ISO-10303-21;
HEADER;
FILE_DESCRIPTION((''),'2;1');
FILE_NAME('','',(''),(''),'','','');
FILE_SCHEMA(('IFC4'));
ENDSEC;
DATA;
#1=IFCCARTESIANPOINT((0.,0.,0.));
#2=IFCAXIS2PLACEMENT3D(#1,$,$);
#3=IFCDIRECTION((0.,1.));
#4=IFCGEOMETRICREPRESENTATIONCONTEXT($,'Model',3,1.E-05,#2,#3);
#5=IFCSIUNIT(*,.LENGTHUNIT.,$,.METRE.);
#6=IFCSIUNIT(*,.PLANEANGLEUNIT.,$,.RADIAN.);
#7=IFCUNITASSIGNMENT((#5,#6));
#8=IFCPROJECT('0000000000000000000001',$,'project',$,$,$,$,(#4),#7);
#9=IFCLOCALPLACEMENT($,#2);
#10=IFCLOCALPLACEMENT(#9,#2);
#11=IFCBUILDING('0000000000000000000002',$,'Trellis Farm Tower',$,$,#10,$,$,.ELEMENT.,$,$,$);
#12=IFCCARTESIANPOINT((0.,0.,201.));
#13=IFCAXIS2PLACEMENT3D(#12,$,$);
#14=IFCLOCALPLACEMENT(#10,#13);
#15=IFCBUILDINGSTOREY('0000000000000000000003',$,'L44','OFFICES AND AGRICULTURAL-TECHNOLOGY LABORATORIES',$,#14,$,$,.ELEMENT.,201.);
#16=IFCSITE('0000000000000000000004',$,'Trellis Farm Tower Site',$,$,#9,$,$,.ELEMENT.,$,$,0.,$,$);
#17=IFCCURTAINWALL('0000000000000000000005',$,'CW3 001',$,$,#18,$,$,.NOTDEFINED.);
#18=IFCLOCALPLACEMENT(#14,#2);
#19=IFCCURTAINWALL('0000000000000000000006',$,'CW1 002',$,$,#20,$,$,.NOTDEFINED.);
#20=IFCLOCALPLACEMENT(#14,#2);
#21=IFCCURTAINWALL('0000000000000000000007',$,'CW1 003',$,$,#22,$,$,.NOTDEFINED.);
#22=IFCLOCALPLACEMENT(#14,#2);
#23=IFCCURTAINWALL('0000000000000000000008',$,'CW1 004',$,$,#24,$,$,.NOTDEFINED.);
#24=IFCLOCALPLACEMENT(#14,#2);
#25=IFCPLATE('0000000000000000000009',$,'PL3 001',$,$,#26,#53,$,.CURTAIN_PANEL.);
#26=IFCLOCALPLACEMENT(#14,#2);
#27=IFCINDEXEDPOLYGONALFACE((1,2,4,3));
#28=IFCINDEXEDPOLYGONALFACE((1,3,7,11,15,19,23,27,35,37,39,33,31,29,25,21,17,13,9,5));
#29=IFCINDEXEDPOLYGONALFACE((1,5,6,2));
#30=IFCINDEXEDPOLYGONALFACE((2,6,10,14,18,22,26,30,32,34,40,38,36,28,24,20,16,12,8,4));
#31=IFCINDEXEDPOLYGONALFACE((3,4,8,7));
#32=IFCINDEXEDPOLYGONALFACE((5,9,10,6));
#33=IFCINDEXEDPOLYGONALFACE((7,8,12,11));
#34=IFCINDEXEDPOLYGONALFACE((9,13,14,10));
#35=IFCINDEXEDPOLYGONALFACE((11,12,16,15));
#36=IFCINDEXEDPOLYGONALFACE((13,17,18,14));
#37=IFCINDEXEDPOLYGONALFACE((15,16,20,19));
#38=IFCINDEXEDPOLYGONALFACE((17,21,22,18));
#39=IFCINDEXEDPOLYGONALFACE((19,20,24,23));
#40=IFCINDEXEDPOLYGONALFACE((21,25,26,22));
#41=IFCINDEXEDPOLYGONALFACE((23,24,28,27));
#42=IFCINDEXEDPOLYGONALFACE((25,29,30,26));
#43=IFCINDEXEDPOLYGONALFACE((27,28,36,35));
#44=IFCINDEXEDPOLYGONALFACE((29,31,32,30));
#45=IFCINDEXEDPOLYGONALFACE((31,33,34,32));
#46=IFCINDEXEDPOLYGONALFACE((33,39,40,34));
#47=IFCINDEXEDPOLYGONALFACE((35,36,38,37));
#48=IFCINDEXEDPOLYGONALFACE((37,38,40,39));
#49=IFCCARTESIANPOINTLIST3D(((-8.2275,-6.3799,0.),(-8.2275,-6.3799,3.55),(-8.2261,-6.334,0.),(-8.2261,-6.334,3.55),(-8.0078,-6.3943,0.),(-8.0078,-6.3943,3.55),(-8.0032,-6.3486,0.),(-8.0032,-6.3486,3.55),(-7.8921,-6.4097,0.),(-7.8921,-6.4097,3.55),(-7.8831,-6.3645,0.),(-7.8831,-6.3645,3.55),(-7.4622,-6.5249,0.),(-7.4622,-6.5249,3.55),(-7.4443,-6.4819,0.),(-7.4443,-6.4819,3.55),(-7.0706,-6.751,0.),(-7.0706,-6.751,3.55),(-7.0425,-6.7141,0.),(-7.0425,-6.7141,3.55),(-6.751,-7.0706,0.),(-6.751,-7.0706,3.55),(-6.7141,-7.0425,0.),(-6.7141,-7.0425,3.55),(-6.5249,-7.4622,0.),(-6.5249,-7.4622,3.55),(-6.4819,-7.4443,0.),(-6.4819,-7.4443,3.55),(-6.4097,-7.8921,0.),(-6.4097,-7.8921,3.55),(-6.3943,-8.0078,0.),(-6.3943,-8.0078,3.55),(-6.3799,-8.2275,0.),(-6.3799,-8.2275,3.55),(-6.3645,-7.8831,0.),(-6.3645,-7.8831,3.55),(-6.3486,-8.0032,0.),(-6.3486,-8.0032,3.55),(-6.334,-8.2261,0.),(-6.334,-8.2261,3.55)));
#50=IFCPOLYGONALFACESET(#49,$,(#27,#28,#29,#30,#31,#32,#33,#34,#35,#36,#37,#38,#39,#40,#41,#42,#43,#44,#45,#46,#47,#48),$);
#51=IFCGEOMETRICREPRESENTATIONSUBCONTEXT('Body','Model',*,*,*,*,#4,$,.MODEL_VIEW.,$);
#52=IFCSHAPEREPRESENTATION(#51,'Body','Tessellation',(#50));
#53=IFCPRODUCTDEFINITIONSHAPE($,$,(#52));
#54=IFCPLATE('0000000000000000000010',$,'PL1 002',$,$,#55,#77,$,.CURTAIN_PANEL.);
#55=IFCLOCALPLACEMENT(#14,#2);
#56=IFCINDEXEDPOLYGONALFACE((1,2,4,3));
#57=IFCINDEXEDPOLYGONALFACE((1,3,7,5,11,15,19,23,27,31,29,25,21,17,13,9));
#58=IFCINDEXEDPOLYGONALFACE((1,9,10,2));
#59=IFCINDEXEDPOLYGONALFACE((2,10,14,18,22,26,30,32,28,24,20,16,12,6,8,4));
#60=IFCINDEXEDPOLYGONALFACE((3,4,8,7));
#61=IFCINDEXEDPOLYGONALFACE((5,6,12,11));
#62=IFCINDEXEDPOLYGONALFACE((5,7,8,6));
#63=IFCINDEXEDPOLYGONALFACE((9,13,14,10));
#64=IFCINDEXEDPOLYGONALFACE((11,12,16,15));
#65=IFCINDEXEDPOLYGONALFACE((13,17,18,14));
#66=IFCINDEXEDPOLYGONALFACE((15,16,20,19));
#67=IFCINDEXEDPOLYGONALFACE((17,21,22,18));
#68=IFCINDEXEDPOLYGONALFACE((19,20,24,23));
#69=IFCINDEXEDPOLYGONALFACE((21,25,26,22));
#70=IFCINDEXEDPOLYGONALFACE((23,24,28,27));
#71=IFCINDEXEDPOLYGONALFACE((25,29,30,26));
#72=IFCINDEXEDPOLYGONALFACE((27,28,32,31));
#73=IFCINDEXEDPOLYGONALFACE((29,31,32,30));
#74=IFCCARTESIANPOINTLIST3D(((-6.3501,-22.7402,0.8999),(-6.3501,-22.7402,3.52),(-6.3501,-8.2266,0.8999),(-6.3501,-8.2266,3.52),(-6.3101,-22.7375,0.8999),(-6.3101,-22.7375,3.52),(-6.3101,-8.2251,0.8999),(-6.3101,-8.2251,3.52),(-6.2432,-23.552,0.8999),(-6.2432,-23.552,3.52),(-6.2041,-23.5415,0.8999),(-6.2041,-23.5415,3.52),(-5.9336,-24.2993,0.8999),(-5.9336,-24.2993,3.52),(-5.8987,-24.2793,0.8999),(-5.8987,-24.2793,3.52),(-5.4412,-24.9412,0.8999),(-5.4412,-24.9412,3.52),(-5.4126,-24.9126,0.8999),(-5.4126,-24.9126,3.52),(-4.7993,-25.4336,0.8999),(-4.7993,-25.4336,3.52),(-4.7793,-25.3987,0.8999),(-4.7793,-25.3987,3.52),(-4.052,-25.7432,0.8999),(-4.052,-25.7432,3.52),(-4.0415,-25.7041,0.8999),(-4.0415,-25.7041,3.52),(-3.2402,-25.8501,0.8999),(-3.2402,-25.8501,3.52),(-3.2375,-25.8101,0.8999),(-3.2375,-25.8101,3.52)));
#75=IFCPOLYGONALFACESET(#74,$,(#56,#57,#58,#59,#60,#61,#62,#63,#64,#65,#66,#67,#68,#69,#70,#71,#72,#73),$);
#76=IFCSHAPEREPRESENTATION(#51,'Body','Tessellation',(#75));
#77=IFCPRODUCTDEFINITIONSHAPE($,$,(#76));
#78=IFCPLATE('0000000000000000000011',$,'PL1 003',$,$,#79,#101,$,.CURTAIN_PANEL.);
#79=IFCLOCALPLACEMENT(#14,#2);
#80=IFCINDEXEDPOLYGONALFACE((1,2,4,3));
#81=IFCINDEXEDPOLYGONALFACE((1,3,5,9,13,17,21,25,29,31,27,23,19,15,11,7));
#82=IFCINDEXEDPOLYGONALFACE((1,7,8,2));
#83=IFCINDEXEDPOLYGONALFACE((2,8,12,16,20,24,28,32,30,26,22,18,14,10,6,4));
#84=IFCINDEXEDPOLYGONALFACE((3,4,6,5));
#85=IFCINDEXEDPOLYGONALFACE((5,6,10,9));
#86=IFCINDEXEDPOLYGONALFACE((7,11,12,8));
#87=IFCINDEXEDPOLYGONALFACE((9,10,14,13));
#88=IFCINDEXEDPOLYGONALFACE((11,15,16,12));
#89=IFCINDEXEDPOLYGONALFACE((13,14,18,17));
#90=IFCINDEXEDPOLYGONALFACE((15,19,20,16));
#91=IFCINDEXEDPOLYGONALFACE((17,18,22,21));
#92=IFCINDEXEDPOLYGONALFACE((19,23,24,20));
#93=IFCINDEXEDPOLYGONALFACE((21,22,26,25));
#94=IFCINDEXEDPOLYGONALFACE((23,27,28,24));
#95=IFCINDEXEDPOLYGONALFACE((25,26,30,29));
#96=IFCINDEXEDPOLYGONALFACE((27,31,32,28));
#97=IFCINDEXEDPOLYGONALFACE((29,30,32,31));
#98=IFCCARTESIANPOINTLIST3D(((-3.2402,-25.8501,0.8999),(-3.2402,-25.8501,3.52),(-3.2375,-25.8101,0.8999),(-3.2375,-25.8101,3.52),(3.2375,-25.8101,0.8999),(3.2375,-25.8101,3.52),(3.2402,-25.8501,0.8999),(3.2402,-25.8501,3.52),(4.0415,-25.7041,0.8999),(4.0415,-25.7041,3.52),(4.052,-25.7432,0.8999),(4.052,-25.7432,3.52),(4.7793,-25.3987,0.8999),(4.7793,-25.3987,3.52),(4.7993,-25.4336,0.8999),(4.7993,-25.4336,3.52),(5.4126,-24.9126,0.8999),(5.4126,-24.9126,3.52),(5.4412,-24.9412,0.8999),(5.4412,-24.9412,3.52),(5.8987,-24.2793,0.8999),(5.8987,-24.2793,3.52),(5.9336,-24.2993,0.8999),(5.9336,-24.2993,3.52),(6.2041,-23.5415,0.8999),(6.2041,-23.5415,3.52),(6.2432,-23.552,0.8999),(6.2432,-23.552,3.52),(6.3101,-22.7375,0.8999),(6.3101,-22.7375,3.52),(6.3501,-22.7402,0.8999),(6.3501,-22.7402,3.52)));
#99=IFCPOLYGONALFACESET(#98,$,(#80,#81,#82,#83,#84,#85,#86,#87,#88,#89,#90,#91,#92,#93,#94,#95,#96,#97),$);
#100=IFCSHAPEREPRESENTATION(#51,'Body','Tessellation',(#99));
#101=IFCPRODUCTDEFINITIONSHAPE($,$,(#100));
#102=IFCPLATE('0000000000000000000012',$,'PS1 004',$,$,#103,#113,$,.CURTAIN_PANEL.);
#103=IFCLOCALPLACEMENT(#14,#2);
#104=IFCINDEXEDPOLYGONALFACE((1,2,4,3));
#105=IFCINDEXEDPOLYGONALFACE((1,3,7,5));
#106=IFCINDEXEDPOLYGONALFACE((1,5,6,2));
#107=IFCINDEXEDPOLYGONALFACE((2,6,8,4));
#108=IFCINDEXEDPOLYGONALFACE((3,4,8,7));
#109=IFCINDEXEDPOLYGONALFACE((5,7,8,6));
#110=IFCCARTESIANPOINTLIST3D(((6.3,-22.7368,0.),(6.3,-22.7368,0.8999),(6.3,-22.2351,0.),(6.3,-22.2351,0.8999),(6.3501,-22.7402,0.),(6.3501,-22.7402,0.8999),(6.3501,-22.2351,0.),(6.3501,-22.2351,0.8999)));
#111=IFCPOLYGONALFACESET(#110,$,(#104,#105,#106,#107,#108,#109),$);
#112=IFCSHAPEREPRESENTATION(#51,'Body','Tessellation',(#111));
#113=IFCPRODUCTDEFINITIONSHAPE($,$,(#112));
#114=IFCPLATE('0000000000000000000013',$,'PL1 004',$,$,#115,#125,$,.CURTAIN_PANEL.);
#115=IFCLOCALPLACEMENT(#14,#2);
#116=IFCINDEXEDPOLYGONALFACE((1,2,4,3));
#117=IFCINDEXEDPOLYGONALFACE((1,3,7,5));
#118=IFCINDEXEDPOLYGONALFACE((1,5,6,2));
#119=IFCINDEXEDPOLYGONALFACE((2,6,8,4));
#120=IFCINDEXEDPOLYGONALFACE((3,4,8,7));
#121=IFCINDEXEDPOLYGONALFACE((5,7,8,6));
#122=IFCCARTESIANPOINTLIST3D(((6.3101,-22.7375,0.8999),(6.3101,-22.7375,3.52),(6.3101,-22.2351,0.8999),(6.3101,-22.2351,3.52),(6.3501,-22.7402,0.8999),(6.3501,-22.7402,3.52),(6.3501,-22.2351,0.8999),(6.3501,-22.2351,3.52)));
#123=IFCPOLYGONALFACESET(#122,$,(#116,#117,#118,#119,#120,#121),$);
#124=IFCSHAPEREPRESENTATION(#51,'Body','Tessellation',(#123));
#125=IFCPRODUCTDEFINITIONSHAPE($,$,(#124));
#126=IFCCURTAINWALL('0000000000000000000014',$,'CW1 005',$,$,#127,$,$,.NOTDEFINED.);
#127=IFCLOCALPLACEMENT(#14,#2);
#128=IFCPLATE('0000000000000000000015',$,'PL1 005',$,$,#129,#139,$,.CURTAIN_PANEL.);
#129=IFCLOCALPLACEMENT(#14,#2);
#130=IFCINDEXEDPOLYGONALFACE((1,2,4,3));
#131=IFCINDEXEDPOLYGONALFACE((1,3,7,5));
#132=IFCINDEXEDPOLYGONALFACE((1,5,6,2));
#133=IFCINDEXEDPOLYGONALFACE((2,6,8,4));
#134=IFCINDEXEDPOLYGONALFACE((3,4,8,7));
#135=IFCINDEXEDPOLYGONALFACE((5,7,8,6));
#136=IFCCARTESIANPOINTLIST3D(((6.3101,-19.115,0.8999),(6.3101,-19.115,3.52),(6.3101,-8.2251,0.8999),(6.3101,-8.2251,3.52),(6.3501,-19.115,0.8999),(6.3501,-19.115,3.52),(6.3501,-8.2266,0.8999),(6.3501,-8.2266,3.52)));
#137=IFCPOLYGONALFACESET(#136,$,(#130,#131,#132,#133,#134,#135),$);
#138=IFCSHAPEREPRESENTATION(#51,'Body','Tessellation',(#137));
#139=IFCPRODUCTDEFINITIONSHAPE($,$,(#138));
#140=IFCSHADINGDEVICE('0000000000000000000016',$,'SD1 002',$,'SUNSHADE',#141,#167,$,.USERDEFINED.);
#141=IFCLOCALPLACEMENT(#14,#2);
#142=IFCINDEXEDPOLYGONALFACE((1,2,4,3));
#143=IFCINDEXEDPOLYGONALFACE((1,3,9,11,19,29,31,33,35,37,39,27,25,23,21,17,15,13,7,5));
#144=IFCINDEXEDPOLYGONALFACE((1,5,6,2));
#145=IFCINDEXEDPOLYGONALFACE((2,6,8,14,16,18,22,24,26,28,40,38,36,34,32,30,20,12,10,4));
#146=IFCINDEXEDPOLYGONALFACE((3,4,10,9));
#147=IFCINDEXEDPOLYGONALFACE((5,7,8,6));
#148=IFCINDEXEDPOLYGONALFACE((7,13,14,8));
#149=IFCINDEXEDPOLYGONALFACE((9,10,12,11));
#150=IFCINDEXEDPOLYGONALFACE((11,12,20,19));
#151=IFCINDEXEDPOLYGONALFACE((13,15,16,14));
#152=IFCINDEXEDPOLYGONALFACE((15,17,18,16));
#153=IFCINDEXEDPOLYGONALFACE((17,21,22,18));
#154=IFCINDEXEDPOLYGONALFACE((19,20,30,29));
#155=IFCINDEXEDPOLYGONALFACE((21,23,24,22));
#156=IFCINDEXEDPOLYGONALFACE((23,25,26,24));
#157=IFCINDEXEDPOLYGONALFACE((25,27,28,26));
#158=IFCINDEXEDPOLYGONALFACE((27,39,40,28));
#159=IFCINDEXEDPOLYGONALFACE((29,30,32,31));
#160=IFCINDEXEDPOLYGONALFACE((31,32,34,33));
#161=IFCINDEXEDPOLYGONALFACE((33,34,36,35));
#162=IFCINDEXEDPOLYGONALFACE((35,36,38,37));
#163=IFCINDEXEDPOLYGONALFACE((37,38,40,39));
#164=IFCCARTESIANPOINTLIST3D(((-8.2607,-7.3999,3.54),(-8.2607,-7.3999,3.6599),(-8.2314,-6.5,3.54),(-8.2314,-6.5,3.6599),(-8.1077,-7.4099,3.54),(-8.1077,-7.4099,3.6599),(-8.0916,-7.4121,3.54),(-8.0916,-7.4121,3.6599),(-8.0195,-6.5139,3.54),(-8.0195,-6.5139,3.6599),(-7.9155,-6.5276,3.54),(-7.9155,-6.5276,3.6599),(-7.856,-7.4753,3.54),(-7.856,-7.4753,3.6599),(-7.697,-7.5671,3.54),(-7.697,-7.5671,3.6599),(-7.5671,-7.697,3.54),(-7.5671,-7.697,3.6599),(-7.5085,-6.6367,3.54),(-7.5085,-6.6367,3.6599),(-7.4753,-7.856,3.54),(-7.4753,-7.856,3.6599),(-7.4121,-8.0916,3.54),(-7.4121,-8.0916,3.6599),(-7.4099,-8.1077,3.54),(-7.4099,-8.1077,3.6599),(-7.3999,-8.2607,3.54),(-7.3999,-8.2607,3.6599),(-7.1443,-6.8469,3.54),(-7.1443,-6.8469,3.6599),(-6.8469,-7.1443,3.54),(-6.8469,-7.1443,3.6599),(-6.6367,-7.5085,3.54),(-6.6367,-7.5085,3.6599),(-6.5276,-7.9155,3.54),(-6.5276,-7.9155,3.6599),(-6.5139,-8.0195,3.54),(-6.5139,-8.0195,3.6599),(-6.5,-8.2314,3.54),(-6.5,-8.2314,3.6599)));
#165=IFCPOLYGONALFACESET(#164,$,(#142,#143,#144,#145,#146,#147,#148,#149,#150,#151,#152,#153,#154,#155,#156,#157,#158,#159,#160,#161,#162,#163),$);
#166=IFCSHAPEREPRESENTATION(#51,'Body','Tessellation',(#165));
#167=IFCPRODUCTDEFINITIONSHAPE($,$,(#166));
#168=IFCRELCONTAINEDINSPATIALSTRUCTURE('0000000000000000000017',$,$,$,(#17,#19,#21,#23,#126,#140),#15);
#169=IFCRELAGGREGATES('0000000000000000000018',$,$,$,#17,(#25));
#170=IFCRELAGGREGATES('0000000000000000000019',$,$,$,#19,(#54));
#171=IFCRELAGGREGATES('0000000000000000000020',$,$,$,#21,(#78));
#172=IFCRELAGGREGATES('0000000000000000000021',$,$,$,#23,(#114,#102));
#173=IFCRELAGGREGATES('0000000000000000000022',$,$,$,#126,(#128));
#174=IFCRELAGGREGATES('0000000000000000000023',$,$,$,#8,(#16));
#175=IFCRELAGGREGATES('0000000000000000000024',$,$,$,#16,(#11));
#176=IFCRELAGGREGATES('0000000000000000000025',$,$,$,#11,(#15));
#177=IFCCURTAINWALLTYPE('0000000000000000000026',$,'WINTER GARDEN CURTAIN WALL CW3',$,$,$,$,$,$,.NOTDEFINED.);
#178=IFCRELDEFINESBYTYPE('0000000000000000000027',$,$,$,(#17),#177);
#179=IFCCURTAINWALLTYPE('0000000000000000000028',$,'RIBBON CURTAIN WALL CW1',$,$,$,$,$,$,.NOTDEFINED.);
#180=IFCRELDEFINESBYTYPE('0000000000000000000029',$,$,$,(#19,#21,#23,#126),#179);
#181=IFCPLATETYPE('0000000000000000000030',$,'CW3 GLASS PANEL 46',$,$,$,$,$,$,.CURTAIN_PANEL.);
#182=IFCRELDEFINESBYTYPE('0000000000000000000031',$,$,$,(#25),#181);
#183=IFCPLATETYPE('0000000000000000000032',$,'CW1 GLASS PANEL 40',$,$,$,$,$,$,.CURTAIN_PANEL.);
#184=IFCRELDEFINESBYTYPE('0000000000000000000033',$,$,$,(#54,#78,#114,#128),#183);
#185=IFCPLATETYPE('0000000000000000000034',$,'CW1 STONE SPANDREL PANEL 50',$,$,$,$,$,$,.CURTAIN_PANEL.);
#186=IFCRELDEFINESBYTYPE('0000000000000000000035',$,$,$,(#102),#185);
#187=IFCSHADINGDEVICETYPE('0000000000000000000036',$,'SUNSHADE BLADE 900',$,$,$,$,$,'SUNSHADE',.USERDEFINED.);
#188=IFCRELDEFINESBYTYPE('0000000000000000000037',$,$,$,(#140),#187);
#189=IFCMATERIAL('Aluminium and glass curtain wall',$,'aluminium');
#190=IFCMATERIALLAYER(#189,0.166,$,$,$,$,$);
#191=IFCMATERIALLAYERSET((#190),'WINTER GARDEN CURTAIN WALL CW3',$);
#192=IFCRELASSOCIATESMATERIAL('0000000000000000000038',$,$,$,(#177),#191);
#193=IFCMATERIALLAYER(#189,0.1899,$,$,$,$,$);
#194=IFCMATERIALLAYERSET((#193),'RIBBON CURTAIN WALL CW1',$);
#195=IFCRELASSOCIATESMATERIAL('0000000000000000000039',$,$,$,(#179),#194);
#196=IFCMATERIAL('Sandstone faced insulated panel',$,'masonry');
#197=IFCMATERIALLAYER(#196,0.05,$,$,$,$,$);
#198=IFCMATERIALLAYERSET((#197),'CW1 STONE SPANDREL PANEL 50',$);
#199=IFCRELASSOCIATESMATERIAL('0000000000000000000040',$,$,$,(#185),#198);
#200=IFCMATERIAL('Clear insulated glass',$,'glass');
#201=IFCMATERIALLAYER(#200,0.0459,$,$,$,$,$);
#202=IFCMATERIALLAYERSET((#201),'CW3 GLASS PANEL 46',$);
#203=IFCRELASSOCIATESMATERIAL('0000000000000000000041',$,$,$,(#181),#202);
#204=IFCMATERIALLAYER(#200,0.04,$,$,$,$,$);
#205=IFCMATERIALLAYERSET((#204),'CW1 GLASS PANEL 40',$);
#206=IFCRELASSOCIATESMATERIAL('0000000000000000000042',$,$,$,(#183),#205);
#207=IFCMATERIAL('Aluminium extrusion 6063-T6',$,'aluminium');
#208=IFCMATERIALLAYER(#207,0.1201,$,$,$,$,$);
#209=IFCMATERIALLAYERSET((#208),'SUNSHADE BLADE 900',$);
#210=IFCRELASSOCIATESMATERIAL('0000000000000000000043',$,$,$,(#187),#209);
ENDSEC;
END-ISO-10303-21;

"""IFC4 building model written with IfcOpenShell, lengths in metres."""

from ifc_helpers import new_model, si_unit, direction, frame, origin, place, context, subcontext, project, spatial, polyline, outline, extrude, source, transform, mapped, material, layer, layer_set, type_object, element, aggregate, save


model = new_model("IFC4")

# Units and contexts
model_context = context("Model", 3, precision=1e-05, world=origin(), true_north=direction((0.0, 1.0)))
body_context = subcontext(model_context, "Body", "Model", "MODEL_VIEW")
ifc_project = project(units=[si_unit("LENGTHUNIT", "METRE"), si_unit("PLANEANGLEUNIT", "RADIAN")], contexts=[model_context])

# Site, building, storey
site_placement = place(None, origin())
site = spatial("IfcSite", under=ifc_project, at=site_placement, Name="Trellis Farm Tower Site", CompositionType="ELEMENT", RefElevation=0.0)
building_placement = place(site_placement, origin())
building = spatial("IfcBuilding", under=site, at=building_placement, Name="Trellis Farm Tower", CompositionType="ELEMENT")
storey_placement = place(building_placement, frame((0.0, 0.0, 201.0)))
storey = spatial("IfcBuildingStorey", under=building, at=storey_placement, Name="L44", Description="OFFICES AND AGRICULTURAL-TECHNOLOGY LABORATORIES", CompositionType="ELEMENT", Elevation=201.0)

# Curtain walls
ifc_material_1 = material(Name="Aluminium and glass curtain wall", Category="aluminium")
ifc_layer_1 = layer(ifc_material_1, 0.166)
ifc_layer_set_1 = layer_set([ifc_layer_1], Name="WINTER GARDEN CURTAIN WALL CW3")
curtain_wall_type_1 = type_object("IfcCurtainWallType", Name="WINTER GARDEN CURTAIN WALL CW3", PredefinedType="NOTDEFINED", material=ifc_layer_set_1)
placement_1 = place(storey_placement, origin())
curtain_wall_1 = element("IfcCurtainWall", 1, at=placement_1, inside=storey, type_object=curtain_wall_type_1, Name="CW3 001", PredefinedType="NOTDEFINED")
ifc_material_2 = material(Name="Aluminium extrusion 6063-T6", Category="aluminium")
ifc_layer_2 = layer(ifc_material_1, 0.1899)
ifc_layer_set_2 = layer_set([ifc_layer_2], Name="RIBBON CURTAIN WALL CW1")
curtain_wall_type_2 = type_object("IfcCurtainWallType", Name="RIBBON CURTAIN WALL CW1", PredefinedType="NOTDEFINED", material=ifc_layer_set_2)
curtain_wall_2 = element("IfcCurtainWall", 2, at=placement_1, inside=storey, type_object=curtain_wall_type_2, Name="CW1 002", PredefinedType="NOTDEFINED")
curtain_wall_3 = element("IfcCurtainWall", 3, at=placement_1, inside=storey, type_object=curtain_wall_type_2, Name="CW1 003", PredefinedType="NOTDEFINED")
curtain_wall_4 = element("IfcCurtainWall", 4, at=placement_1, inside=storey, type_object=curtain_wall_type_2, Name="CW1 004", PredefinedType="NOTDEFINED")

# Plates
ifc_material_3 = material(Name="Sandstone faced insulated panel", Category="masonry")
ifc_layer_3 = layer(ifc_material_3, 0.05)
ifc_layer_set_3 = layer_set([ifc_layer_3], Name="CW1 STONE SPANDREL PANEL 50")
plate_type_1 = type_object("IfcPlateType", Name="CW1 STONE SPANDREL PANEL 50", PredefinedType="CURTAIN_PANEL", material=ifc_layer_set_3)
ifc_material_4 = material(Name="Clear insulated glass", Category="glass")
ifc_layer_4 = layer(ifc_material_4, 0.0459)
ifc_layer_set_4 = layer_set([ifc_layer_4], Name="CW3 GLASS PANEL 46")
plate_type_2 = type_object("IfcPlateType", Name="CW3 GLASS PANEL 46", PredefinedType="CURTAIN_PANEL", material=ifc_layer_set_4)
shared_shape_1 = source(origin(), body_context, "Body", "SweptSolid", [
    extrude(outline(polyline([(-8.2275, -6.3799), (-8.0078, -6.3943), (-7.8921, -6.4097), (-7.4622, -6.5249), (-7.0706, -6.751), (-6.751, -7.0706), (-6.5249, -7.4622), (-6.4097, -7.8921), (-6.3943, -8.0078), (-6.3799, -8.2275), (-6.334, -8.2261), (-6.3486, -8.0032), (-6.3645, -7.8831), (-6.4819, -7.4443), (-6.7141, -7.0425), (-7.0425, -6.7141), (-7.4443, -6.4819), (-7.8831, -6.3645), (-8.0032, -6.3486), (-8.2261, -6.334), (-8.2275, -6.3799)])), origin(), (0.0, 0.0, 1.0), 3.55),
])
plate_1 = element("IfcPlate", 5, at=placement_1, type_object=plate_type_2, Name="PL3 001", PredefinedType="CURTAIN_PANEL", context=body_context, shape_type="MappedRepresentation", body=[
    mapped(shared_shape_1, transform((0.0, 0.0, 0.0))),
])
aggregate(curtain_wall_1, [plate_1])
ifc_layer_5 = layer(ifc_material_4, 0.04)
ifc_layer_set_5 = layer_set([ifc_layer_5], Name="CW1 GLASS PANEL 40")
plate_type_3 = type_object("IfcPlateType", Name="CW1 GLASS PANEL 40", PredefinedType="CURTAIN_PANEL", material=ifc_layer_set_5)
shared_shape_2 = source(origin(), body_context, "Body", "SweptSolid", [
    extrude(outline(polyline([(-6.3501, -8.2266), (-6.3501, -22.7402), (-6.2432, -23.552), (-5.9336, -24.2993), (-5.4412, -24.9412), (-4.7993, -25.4336), (-4.052, -25.7432), (-3.2402, -25.8501), (-3.2375, -25.8101), (-4.0415, -25.7041), (-4.7793, -25.3987), (-5.4126, -24.9126), (-5.8987, -24.2793), (-6.2041, -23.5415), (-6.3101, -22.7375), (-6.3101, -8.2251), (-6.3501, -8.2266)])), origin(), (0.0, 0.0, 1.0), 2.6201),
])
placement_2 = place(storey_placement, frame((0.0, 0.0, 0.8999)))
plate_2 = element("IfcPlate", 6, at=placement_2, type_object=plate_type_3, Name="PL1 002", PredefinedType="CURTAIN_PANEL", context=body_context, shape_type="MappedRepresentation", body=[
    mapped(shared_shape_2, transform((0.0, 0.0, 0.0))),
])
aggregate(curtain_wall_2, [plate_2])
shared_shape_3 = source(origin(), body_context, "Body", "SweptSolid", [
    extrude(outline(polyline([(-3.2402, -25.8501), (3.2402, -25.8501), (4.052, -25.7432), (4.7993, -25.4336), (5.4412, -24.9412), (5.9336, -24.2993), (6.2432, -23.552), (6.3501, -22.7402), (6.3101, -22.7375), (6.2041, -23.5415), (5.8987, -24.2793), (5.4126, -24.9126), (4.7793, -25.3987), (4.0415, -25.7041), (3.2375, -25.8101), (-3.2375, -25.8101), (-3.2402, -25.8501)])), origin(), (0.0, 0.0, 1.0), 2.6201),
])
plate_3 = element("IfcPlate", 7, at=placement_2, type_object=plate_type_3, Name="PL1 003", PredefinedType="CURTAIN_PANEL", context=body_context, shape_type="MappedRepresentation", body=[
    mapped(shared_shape_3, transform((0.0, 0.0, 0.0))),
])
aggregate(curtain_wall_3, [plate_3])
shared_shape_4 = source(origin(), body_context, "Body", "SweptSolid", [
    extrude(outline(polyline([(6.3501, -22.7402), (6.3501, -22.2351), (6.3, -22.2351), (6.3, -22.7368), (6.3501, -22.7402)])), origin(), (0.0, 0.0, 1.0), 0.8999),
])
plate_4 = element("IfcPlate", 8, at=placement_1, type_object=plate_type_1, Name="PS1 004", PredefinedType="CURTAIN_PANEL", context=body_context, shape_type="MappedRepresentation", body=[
    mapped(shared_shape_4, transform((0.0, 0.0, 0.0))),
])
shared_shape_5 = source(origin(), body_context, "Body", "SweptSolid", [
    extrude(outline(polyline([(6.3501, -22.7402), (6.3501, -22.2351), (6.3101, -22.2351), (6.3101, -22.7375), (6.3501, -22.7402)])), origin(), (0.0, 0.0, 1.0), 2.6201),
])
plate_5 = element("IfcPlate", 9, at=placement_2, type_object=plate_type_3, Name="PL1 004", PredefinedType="CURTAIN_PANEL", context=body_context, shape_type="MappedRepresentation", body=[
    mapped(shared_shape_5, transform((0.0, 0.0, 0.0))),
])
aggregate(curtain_wall_4, [plate_5, plate_4])

# Curtain wall, plate
curtain_wall_5 = element("IfcCurtainWall", 10, at=placement_1, inside=storey, type_object=curtain_wall_type_2, Name="CW1 005", PredefinedType="NOTDEFINED")
shared_shape_6 = source(origin(), body_context, "Body", "SweptSolid", [
    extrude(outline(polyline([(6.3501, -19.115), (6.3501, -8.2266), (6.3101, -8.2251), (6.3101, -19.115), (6.3501, -19.115)])), origin(), (0.0, 0.0, 1.0), 2.6201),
])
plate_6 = element("IfcPlate", 11, at=placement_2, type_object=plate_type_3, Name="PL1 005", PredefinedType="CURTAIN_PANEL", context=body_context, shape_type="MappedRepresentation", body=[
    mapped(shared_shape_6, transform((0.0, 0.0, 0.0))),
])
aggregate(curtain_wall_5, [plate_6])

# Shading device
ifc_layer_6 = layer(ifc_material_2, 0.1201)
ifc_layer_set_6 = layer_set([ifc_layer_6], Name="SUNSHADE BLADE 900")
shading_device_type_1 = type_object("IfcShadingDeviceType", Name="SUNSHADE BLADE 900", ElementType="SUNSHADE", PredefinedType="USERDEFINED", material=ifc_layer_set_6)
shared_shape_7 = source(origin(), body_context, "Body", "SweptSolid", [
    extrude(outline(polyline([(-8.2607, -7.3999), (-8.1077, -7.4099), (-8.0916, -7.4121), (-7.856, -7.4753), (-7.697, -7.5671), (-7.5671, -7.697), (-7.4753, -7.856), (-7.4121, -8.0916), (-7.4099, -8.1077), (-7.3999, -8.2607), (-6.5, -8.2314), (-6.5139, -8.0195), (-6.5276, -7.9155), (-6.6367, -7.5085), (-6.8469, -7.1443), (-7.1443, -6.8469), (-7.5085, -6.6367), (-7.9155, -6.5276), (-8.0195, -6.5139), (-8.2314, -6.5), (-8.2607, -7.3999)])), origin(), (0.0, 0.0, 1.0), 0.1199),
])
placement_3 = place(storey_placement, frame((0.0, 0.0, 3.54)))
element("IfcShadingDevice", 12, at=placement_3, inside=storey, type_object=shading_device_type_1, Name="SD1 002", ObjectType="SUNSHADE", PredefinedType="USERDEFINED", context=body_context, shape_type="MappedRepresentation", body=[
    mapped(shared_shape_7, transform((0.0, 0.0, 0.0))),
])

save(model, "model.ifc")
